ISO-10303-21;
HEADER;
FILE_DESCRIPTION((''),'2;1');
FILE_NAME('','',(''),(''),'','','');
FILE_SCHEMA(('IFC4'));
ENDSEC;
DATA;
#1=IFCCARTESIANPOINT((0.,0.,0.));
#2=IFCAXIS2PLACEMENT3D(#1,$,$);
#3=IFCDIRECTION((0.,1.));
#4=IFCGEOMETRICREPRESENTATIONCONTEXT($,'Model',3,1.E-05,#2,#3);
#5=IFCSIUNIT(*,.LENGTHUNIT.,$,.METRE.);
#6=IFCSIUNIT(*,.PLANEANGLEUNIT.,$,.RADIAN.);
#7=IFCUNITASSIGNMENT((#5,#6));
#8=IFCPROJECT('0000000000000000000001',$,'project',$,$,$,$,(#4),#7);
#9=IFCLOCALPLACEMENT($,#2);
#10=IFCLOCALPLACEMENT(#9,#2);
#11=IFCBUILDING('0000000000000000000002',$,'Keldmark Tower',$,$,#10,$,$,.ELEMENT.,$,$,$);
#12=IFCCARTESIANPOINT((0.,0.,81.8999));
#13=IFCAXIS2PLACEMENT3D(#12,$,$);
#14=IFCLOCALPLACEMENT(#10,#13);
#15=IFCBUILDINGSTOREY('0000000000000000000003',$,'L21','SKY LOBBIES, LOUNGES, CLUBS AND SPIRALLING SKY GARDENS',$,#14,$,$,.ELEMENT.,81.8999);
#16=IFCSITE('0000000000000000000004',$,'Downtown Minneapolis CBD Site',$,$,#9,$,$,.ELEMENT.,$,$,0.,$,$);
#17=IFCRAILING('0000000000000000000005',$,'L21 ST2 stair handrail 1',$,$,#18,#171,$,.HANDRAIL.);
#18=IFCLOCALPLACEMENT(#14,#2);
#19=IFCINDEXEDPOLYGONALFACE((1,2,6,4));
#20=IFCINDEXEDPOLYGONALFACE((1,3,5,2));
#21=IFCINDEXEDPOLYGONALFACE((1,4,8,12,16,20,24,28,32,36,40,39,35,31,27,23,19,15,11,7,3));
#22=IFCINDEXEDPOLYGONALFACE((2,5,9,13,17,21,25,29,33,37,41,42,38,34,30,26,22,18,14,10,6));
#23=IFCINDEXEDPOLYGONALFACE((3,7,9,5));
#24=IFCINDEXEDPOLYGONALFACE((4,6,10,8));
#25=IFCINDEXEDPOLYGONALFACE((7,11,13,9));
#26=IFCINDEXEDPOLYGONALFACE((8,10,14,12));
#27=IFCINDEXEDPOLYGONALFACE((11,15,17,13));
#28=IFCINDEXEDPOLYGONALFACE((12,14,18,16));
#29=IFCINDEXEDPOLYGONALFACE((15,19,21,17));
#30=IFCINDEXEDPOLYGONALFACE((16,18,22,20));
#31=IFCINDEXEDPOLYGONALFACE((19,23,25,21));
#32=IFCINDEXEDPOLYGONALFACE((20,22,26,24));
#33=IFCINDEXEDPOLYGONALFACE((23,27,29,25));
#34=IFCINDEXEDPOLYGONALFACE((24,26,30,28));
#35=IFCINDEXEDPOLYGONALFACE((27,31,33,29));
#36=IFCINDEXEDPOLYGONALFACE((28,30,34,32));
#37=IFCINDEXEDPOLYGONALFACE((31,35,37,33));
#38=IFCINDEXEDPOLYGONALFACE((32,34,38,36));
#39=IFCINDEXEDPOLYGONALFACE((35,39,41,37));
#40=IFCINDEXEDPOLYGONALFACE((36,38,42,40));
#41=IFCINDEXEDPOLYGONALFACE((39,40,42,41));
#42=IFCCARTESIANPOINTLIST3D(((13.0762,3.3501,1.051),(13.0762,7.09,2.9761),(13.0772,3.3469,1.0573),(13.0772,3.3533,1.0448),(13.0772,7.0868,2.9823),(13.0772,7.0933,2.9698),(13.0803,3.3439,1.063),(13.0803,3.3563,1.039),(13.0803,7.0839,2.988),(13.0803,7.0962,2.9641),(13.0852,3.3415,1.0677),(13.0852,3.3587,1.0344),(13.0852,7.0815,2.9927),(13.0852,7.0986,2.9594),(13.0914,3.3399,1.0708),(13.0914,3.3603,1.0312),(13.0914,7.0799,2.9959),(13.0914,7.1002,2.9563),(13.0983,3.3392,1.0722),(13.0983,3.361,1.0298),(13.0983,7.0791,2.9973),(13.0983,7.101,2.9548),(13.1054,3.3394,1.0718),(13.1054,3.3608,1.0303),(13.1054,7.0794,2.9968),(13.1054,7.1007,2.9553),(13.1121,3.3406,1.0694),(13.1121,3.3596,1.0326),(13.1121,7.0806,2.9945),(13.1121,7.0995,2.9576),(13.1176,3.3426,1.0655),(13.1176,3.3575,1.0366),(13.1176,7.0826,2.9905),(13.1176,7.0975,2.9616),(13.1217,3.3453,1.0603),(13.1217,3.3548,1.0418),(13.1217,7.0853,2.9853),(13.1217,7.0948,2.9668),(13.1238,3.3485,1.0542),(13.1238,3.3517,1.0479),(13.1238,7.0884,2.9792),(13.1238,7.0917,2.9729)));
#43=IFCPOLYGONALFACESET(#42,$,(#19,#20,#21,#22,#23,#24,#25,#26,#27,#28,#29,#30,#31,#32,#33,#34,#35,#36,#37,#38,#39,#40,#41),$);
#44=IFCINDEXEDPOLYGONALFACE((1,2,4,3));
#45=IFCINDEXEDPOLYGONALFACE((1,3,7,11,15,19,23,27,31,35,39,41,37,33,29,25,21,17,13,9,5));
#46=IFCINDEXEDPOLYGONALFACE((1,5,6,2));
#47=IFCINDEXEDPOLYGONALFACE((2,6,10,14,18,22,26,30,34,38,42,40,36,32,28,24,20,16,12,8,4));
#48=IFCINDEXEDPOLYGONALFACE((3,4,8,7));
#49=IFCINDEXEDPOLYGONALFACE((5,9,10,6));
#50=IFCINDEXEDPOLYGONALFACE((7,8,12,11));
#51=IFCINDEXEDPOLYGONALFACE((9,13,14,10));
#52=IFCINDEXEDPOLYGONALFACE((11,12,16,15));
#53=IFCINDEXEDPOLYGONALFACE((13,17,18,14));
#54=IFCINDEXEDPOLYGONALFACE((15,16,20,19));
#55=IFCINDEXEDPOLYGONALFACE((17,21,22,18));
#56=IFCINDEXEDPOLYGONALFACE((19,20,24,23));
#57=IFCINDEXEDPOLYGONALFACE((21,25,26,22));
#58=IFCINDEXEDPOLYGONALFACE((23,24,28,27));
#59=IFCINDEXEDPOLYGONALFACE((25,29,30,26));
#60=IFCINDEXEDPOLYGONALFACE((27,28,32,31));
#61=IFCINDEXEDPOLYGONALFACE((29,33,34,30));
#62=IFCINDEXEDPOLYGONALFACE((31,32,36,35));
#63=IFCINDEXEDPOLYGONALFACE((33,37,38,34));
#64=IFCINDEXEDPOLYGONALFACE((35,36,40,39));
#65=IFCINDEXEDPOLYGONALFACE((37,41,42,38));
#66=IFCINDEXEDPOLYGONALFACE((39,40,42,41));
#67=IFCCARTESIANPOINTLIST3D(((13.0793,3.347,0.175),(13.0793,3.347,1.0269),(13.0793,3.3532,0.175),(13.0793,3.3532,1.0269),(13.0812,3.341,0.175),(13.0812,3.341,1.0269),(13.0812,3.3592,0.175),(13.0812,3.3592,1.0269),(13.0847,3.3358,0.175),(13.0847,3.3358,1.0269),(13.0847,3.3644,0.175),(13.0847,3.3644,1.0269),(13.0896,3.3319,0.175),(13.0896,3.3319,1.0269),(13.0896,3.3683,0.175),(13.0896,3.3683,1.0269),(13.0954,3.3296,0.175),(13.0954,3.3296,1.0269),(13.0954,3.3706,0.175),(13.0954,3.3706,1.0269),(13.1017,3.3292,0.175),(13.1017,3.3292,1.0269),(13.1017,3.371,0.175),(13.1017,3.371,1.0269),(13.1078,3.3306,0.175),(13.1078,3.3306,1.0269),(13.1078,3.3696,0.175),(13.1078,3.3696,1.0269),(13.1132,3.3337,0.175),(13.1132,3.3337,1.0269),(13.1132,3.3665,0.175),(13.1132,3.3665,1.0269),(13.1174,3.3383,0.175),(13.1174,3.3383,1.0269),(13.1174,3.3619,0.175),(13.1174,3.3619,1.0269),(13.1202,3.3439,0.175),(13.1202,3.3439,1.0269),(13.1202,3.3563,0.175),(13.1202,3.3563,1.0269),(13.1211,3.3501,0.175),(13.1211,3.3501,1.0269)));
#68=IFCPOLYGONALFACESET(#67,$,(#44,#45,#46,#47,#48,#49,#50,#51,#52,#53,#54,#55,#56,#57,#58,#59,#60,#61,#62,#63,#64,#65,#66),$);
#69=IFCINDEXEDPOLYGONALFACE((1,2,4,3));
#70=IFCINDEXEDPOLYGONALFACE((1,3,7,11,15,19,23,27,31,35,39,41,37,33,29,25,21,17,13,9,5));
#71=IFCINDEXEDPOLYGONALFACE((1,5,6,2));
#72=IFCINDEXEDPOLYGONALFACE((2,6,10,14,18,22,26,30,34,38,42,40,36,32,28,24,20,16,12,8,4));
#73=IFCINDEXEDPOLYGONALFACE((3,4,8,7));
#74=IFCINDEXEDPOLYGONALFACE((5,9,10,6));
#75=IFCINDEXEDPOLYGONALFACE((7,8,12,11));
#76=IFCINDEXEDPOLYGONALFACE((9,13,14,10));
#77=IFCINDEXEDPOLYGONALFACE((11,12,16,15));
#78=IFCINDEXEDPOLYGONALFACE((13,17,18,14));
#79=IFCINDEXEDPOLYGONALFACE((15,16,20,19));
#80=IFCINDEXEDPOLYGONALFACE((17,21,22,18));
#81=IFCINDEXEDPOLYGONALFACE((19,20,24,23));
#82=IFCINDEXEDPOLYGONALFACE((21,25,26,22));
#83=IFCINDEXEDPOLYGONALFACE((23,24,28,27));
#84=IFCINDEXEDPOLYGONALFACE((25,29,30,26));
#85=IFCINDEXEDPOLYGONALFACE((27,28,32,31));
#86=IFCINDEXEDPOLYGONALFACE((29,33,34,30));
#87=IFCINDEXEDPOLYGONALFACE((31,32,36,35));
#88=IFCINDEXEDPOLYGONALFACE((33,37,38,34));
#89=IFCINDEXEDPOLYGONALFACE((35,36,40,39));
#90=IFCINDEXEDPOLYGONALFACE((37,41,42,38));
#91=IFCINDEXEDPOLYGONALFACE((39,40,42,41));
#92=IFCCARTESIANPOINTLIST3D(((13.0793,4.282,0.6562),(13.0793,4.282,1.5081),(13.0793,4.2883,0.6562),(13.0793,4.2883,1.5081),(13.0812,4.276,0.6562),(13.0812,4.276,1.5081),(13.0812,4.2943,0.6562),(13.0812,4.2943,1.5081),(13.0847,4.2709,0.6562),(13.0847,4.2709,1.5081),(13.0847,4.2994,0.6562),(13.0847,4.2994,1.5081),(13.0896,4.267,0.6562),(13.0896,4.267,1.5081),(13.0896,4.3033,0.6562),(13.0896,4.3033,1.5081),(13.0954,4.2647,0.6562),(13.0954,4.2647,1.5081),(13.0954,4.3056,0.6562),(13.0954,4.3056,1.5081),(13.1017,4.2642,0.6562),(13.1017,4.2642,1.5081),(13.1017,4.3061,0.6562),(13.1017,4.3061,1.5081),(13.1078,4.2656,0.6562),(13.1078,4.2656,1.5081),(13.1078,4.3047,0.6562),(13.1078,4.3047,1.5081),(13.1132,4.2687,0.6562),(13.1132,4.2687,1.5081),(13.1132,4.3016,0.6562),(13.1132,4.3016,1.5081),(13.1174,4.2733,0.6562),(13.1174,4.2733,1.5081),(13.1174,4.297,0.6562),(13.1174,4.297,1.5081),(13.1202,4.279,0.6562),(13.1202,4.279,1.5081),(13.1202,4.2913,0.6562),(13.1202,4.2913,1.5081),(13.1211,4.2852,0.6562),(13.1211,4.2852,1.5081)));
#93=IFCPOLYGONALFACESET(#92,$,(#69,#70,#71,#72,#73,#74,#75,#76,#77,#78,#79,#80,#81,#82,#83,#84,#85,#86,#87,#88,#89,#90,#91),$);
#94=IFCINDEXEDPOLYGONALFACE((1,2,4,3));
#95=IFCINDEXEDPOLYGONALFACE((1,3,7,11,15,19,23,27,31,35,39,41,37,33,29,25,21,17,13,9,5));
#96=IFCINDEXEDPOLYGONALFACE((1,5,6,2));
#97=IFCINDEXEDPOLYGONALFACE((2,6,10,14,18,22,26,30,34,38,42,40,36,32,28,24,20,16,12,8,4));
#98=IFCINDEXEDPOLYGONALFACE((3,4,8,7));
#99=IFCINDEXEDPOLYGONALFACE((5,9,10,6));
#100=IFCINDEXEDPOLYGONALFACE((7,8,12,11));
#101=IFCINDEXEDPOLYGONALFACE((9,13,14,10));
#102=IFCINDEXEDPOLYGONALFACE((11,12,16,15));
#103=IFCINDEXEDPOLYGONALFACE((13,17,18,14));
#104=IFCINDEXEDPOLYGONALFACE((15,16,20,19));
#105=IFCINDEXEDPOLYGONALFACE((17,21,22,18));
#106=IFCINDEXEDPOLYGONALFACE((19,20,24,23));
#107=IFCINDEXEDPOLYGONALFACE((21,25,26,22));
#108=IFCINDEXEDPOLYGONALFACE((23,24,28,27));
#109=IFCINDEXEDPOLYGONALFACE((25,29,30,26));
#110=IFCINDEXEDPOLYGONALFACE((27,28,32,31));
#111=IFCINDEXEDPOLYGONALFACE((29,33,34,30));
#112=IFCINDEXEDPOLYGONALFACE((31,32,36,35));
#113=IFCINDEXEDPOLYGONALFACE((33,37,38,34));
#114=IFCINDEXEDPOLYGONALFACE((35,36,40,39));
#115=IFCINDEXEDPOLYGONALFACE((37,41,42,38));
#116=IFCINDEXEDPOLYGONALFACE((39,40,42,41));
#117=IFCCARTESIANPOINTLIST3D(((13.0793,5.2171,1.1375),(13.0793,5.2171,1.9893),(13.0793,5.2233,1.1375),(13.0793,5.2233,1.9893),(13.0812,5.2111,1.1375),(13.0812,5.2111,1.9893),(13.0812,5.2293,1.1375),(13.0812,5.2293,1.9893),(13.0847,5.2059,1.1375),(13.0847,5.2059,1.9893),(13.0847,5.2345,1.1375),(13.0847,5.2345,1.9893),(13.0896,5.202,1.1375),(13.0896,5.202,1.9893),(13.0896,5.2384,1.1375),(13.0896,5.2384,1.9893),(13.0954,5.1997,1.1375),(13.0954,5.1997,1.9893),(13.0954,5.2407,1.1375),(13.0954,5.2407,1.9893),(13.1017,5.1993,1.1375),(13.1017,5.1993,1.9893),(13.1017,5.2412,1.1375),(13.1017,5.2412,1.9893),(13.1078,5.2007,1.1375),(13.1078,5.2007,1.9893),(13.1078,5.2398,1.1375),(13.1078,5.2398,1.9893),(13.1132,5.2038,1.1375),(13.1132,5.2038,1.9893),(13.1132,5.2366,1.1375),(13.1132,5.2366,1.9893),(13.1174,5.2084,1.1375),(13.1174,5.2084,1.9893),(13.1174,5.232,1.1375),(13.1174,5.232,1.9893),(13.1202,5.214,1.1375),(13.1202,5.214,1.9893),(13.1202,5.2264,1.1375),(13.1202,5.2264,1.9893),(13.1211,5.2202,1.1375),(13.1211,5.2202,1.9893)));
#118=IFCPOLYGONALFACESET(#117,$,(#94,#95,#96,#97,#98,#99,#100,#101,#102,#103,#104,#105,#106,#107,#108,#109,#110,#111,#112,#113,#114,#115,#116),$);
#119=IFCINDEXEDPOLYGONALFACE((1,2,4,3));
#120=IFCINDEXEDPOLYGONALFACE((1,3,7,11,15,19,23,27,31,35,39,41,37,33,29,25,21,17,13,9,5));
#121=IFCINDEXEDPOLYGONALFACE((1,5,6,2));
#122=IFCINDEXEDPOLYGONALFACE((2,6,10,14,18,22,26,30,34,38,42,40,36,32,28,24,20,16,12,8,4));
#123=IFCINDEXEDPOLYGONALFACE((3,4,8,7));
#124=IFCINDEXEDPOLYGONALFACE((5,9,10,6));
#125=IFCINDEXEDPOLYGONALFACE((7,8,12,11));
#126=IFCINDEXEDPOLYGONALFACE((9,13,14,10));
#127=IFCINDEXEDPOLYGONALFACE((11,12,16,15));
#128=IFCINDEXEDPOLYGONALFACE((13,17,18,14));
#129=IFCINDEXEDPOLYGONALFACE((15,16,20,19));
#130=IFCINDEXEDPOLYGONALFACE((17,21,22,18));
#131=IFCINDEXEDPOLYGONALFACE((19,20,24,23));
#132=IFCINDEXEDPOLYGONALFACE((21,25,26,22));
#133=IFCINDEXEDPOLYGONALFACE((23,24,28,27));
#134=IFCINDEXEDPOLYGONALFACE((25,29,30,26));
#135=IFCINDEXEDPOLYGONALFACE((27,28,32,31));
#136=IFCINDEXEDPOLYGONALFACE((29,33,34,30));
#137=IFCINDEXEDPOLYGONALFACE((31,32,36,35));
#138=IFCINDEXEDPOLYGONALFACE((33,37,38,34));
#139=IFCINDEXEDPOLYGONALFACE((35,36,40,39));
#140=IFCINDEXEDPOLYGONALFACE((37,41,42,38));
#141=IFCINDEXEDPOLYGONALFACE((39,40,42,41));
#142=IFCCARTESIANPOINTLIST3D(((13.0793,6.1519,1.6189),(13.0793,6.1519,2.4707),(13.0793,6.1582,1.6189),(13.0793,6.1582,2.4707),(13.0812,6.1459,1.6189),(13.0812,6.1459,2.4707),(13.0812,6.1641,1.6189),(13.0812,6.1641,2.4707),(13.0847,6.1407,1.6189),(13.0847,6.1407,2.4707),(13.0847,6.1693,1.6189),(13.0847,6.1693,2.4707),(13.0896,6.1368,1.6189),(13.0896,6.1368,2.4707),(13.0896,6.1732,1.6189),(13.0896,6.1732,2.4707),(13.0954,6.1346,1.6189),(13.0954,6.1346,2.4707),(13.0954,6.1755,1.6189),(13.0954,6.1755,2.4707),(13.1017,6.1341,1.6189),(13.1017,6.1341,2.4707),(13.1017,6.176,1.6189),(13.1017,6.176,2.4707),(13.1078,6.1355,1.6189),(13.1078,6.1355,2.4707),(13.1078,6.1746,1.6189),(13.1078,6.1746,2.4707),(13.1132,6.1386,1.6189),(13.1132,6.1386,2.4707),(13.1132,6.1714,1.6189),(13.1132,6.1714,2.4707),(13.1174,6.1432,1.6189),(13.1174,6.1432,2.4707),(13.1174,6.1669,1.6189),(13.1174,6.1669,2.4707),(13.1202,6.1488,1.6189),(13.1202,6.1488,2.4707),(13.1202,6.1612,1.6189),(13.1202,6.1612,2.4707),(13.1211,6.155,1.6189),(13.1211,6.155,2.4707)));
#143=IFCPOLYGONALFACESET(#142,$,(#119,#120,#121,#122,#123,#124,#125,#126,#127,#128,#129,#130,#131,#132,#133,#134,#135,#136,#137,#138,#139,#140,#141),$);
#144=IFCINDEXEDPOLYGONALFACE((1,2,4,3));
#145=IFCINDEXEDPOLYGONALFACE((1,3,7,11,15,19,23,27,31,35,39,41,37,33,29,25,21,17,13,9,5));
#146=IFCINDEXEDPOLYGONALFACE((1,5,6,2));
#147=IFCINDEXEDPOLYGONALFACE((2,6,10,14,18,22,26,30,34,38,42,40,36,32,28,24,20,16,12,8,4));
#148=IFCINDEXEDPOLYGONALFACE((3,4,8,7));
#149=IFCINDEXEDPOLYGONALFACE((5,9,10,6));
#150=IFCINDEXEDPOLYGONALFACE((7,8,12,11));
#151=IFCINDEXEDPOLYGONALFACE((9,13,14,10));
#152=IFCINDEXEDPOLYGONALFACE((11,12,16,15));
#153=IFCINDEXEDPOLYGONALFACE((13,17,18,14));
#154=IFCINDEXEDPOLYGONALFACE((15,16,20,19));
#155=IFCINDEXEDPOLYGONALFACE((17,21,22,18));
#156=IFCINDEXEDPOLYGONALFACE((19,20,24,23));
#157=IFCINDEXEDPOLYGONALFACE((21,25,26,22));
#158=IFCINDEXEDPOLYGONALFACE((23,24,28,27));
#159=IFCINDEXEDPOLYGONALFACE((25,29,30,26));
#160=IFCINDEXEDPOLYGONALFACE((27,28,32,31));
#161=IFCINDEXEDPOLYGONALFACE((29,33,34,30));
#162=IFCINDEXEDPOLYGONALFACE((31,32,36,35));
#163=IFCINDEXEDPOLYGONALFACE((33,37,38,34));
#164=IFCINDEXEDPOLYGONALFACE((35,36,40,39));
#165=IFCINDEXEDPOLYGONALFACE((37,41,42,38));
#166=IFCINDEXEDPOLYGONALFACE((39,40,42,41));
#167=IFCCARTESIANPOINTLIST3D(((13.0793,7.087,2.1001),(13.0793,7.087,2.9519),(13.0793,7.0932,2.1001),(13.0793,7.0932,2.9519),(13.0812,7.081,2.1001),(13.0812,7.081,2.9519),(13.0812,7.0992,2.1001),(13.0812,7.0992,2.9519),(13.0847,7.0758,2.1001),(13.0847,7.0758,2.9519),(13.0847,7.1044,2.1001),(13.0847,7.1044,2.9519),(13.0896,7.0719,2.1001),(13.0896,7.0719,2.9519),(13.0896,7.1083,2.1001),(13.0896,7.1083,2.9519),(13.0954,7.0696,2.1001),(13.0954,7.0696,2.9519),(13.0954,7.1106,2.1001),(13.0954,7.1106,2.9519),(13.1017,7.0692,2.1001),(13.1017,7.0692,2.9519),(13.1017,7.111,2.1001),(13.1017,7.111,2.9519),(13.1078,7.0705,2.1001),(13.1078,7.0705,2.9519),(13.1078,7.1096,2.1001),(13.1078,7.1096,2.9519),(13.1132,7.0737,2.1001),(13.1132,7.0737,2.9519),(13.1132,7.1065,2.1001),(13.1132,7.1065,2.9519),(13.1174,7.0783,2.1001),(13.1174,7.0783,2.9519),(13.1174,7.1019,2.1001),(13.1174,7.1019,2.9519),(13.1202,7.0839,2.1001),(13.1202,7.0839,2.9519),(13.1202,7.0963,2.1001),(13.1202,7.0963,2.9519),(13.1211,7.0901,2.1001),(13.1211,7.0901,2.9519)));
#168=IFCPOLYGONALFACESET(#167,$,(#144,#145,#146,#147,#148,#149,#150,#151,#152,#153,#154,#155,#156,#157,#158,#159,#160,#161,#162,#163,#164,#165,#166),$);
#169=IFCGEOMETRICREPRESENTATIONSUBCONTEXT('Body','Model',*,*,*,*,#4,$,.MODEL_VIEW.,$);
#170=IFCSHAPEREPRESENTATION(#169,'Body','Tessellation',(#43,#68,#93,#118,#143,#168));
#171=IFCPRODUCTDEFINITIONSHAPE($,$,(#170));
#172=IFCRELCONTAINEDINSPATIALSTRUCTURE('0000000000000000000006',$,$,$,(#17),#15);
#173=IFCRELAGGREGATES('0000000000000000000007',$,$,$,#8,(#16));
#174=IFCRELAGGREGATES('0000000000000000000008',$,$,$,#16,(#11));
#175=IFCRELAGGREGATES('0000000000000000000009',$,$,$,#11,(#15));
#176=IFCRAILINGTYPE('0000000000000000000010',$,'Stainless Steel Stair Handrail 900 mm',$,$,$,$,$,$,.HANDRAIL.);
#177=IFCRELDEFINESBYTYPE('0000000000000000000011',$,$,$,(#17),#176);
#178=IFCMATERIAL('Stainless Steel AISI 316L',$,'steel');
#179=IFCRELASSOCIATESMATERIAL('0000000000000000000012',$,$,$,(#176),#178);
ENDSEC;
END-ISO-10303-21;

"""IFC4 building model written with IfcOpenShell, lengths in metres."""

from ifc_helpers import new_model, si_unit, direction, frame, origin, origin_2d, place, context, subcontext, project, spatial, circle, extrude, material, type_object, element, save


model = new_model("IFC4")

# Units and contexts
model_context = context("Model", 3, precision=1e-05, world=origin(), true_north=direction((0.0, 1.0)))
body_context = subcontext(model_context, "Body", "Model", "MODEL_VIEW")
ifc_project = project(units=[si_unit("LENGTHUNIT", "METRE"), si_unit("PLANEANGLEUNIT", "RADIAN")], contexts=[model_context])

# Site, building, storey
site_placement = place(None, origin())
site = spatial("IfcSite", under=ifc_project, at=site_placement, Name="Downtown Minneapolis CBD Site", CompositionType="ELEMENT", RefElevation=0.0)
building_placement = place(site_placement, origin())
building = spatial("IfcBuilding", under=site, at=building_placement, Name="Keldmark Tower", CompositionType="ELEMENT")
storey_placement = place(building_placement, frame((0.0, 0.0, 81.8999)))
storey = spatial("IfcBuildingStorey", under=building, at=storey_placement, Name="L21", Description="SKY LOBBIES, LOUNGES, CLUBS AND SPIRALLING SKY GARDENS", CompositionType="ELEMENT", Elevation=81.8999)

# Railing
ifc_material_1 = material(Name="Stainless Steel AISI 316L", Category="steel")
railing_type_1 = type_object("IfcRailingType", Name="Stainless Steel Stair Handrail 900 mm", PredefinedType="HANDRAIL", material=ifc_material_1)
railing_1_placement = place(storey_placement, frame((13.1001, 3.3501, 0.175)))
element("IfcRailing", 1, at=railing_1_placement, inside=storey, type_object=railing_type_1, Name="L21 ST2 stair handrail 1", PredefinedType="HANDRAIL", context=body_context, shape_type="SweptSolid", body=[
    extrude(circle(Radius=0.0239, at=origin_2d()), frame((0.0, 0.0, 0.876), z_axis=(0.0, 0.889131, 0.457654), x_axis=(-1.0, 0.0, 0.0)), (0.0, 0.0, 1.0), 4.2063),
    extrude(circle(Radius=0.021, at=origin_2d()), origin(), (0.0, 0.0, 1.0), 0.8518),
    extrude(circle(Radius=0.021, at=origin_2d()), frame((0.0, 0.9351, 0.4812)), (0.0, 0.0, 1.0), 0.8518),
    extrude(circle(Radius=0.021, at=origin_2d()), frame((0.0, 1.8701, 0.9624)), (0.0, 0.0, 1.0), 0.8518),
    extrude(circle(Radius=0.021, at=origin_2d()), frame((0.0, 2.8049, 1.4438)), (0.0, 0.0, 1.0), 0.8518),
    extrude(circle(Radius=0.021, at=origin_2d()), frame((0.0, 3.74, 1.925)), (0.0, 0.0, 1.0), 0.8518),
])

save(model, "model.ifc")
